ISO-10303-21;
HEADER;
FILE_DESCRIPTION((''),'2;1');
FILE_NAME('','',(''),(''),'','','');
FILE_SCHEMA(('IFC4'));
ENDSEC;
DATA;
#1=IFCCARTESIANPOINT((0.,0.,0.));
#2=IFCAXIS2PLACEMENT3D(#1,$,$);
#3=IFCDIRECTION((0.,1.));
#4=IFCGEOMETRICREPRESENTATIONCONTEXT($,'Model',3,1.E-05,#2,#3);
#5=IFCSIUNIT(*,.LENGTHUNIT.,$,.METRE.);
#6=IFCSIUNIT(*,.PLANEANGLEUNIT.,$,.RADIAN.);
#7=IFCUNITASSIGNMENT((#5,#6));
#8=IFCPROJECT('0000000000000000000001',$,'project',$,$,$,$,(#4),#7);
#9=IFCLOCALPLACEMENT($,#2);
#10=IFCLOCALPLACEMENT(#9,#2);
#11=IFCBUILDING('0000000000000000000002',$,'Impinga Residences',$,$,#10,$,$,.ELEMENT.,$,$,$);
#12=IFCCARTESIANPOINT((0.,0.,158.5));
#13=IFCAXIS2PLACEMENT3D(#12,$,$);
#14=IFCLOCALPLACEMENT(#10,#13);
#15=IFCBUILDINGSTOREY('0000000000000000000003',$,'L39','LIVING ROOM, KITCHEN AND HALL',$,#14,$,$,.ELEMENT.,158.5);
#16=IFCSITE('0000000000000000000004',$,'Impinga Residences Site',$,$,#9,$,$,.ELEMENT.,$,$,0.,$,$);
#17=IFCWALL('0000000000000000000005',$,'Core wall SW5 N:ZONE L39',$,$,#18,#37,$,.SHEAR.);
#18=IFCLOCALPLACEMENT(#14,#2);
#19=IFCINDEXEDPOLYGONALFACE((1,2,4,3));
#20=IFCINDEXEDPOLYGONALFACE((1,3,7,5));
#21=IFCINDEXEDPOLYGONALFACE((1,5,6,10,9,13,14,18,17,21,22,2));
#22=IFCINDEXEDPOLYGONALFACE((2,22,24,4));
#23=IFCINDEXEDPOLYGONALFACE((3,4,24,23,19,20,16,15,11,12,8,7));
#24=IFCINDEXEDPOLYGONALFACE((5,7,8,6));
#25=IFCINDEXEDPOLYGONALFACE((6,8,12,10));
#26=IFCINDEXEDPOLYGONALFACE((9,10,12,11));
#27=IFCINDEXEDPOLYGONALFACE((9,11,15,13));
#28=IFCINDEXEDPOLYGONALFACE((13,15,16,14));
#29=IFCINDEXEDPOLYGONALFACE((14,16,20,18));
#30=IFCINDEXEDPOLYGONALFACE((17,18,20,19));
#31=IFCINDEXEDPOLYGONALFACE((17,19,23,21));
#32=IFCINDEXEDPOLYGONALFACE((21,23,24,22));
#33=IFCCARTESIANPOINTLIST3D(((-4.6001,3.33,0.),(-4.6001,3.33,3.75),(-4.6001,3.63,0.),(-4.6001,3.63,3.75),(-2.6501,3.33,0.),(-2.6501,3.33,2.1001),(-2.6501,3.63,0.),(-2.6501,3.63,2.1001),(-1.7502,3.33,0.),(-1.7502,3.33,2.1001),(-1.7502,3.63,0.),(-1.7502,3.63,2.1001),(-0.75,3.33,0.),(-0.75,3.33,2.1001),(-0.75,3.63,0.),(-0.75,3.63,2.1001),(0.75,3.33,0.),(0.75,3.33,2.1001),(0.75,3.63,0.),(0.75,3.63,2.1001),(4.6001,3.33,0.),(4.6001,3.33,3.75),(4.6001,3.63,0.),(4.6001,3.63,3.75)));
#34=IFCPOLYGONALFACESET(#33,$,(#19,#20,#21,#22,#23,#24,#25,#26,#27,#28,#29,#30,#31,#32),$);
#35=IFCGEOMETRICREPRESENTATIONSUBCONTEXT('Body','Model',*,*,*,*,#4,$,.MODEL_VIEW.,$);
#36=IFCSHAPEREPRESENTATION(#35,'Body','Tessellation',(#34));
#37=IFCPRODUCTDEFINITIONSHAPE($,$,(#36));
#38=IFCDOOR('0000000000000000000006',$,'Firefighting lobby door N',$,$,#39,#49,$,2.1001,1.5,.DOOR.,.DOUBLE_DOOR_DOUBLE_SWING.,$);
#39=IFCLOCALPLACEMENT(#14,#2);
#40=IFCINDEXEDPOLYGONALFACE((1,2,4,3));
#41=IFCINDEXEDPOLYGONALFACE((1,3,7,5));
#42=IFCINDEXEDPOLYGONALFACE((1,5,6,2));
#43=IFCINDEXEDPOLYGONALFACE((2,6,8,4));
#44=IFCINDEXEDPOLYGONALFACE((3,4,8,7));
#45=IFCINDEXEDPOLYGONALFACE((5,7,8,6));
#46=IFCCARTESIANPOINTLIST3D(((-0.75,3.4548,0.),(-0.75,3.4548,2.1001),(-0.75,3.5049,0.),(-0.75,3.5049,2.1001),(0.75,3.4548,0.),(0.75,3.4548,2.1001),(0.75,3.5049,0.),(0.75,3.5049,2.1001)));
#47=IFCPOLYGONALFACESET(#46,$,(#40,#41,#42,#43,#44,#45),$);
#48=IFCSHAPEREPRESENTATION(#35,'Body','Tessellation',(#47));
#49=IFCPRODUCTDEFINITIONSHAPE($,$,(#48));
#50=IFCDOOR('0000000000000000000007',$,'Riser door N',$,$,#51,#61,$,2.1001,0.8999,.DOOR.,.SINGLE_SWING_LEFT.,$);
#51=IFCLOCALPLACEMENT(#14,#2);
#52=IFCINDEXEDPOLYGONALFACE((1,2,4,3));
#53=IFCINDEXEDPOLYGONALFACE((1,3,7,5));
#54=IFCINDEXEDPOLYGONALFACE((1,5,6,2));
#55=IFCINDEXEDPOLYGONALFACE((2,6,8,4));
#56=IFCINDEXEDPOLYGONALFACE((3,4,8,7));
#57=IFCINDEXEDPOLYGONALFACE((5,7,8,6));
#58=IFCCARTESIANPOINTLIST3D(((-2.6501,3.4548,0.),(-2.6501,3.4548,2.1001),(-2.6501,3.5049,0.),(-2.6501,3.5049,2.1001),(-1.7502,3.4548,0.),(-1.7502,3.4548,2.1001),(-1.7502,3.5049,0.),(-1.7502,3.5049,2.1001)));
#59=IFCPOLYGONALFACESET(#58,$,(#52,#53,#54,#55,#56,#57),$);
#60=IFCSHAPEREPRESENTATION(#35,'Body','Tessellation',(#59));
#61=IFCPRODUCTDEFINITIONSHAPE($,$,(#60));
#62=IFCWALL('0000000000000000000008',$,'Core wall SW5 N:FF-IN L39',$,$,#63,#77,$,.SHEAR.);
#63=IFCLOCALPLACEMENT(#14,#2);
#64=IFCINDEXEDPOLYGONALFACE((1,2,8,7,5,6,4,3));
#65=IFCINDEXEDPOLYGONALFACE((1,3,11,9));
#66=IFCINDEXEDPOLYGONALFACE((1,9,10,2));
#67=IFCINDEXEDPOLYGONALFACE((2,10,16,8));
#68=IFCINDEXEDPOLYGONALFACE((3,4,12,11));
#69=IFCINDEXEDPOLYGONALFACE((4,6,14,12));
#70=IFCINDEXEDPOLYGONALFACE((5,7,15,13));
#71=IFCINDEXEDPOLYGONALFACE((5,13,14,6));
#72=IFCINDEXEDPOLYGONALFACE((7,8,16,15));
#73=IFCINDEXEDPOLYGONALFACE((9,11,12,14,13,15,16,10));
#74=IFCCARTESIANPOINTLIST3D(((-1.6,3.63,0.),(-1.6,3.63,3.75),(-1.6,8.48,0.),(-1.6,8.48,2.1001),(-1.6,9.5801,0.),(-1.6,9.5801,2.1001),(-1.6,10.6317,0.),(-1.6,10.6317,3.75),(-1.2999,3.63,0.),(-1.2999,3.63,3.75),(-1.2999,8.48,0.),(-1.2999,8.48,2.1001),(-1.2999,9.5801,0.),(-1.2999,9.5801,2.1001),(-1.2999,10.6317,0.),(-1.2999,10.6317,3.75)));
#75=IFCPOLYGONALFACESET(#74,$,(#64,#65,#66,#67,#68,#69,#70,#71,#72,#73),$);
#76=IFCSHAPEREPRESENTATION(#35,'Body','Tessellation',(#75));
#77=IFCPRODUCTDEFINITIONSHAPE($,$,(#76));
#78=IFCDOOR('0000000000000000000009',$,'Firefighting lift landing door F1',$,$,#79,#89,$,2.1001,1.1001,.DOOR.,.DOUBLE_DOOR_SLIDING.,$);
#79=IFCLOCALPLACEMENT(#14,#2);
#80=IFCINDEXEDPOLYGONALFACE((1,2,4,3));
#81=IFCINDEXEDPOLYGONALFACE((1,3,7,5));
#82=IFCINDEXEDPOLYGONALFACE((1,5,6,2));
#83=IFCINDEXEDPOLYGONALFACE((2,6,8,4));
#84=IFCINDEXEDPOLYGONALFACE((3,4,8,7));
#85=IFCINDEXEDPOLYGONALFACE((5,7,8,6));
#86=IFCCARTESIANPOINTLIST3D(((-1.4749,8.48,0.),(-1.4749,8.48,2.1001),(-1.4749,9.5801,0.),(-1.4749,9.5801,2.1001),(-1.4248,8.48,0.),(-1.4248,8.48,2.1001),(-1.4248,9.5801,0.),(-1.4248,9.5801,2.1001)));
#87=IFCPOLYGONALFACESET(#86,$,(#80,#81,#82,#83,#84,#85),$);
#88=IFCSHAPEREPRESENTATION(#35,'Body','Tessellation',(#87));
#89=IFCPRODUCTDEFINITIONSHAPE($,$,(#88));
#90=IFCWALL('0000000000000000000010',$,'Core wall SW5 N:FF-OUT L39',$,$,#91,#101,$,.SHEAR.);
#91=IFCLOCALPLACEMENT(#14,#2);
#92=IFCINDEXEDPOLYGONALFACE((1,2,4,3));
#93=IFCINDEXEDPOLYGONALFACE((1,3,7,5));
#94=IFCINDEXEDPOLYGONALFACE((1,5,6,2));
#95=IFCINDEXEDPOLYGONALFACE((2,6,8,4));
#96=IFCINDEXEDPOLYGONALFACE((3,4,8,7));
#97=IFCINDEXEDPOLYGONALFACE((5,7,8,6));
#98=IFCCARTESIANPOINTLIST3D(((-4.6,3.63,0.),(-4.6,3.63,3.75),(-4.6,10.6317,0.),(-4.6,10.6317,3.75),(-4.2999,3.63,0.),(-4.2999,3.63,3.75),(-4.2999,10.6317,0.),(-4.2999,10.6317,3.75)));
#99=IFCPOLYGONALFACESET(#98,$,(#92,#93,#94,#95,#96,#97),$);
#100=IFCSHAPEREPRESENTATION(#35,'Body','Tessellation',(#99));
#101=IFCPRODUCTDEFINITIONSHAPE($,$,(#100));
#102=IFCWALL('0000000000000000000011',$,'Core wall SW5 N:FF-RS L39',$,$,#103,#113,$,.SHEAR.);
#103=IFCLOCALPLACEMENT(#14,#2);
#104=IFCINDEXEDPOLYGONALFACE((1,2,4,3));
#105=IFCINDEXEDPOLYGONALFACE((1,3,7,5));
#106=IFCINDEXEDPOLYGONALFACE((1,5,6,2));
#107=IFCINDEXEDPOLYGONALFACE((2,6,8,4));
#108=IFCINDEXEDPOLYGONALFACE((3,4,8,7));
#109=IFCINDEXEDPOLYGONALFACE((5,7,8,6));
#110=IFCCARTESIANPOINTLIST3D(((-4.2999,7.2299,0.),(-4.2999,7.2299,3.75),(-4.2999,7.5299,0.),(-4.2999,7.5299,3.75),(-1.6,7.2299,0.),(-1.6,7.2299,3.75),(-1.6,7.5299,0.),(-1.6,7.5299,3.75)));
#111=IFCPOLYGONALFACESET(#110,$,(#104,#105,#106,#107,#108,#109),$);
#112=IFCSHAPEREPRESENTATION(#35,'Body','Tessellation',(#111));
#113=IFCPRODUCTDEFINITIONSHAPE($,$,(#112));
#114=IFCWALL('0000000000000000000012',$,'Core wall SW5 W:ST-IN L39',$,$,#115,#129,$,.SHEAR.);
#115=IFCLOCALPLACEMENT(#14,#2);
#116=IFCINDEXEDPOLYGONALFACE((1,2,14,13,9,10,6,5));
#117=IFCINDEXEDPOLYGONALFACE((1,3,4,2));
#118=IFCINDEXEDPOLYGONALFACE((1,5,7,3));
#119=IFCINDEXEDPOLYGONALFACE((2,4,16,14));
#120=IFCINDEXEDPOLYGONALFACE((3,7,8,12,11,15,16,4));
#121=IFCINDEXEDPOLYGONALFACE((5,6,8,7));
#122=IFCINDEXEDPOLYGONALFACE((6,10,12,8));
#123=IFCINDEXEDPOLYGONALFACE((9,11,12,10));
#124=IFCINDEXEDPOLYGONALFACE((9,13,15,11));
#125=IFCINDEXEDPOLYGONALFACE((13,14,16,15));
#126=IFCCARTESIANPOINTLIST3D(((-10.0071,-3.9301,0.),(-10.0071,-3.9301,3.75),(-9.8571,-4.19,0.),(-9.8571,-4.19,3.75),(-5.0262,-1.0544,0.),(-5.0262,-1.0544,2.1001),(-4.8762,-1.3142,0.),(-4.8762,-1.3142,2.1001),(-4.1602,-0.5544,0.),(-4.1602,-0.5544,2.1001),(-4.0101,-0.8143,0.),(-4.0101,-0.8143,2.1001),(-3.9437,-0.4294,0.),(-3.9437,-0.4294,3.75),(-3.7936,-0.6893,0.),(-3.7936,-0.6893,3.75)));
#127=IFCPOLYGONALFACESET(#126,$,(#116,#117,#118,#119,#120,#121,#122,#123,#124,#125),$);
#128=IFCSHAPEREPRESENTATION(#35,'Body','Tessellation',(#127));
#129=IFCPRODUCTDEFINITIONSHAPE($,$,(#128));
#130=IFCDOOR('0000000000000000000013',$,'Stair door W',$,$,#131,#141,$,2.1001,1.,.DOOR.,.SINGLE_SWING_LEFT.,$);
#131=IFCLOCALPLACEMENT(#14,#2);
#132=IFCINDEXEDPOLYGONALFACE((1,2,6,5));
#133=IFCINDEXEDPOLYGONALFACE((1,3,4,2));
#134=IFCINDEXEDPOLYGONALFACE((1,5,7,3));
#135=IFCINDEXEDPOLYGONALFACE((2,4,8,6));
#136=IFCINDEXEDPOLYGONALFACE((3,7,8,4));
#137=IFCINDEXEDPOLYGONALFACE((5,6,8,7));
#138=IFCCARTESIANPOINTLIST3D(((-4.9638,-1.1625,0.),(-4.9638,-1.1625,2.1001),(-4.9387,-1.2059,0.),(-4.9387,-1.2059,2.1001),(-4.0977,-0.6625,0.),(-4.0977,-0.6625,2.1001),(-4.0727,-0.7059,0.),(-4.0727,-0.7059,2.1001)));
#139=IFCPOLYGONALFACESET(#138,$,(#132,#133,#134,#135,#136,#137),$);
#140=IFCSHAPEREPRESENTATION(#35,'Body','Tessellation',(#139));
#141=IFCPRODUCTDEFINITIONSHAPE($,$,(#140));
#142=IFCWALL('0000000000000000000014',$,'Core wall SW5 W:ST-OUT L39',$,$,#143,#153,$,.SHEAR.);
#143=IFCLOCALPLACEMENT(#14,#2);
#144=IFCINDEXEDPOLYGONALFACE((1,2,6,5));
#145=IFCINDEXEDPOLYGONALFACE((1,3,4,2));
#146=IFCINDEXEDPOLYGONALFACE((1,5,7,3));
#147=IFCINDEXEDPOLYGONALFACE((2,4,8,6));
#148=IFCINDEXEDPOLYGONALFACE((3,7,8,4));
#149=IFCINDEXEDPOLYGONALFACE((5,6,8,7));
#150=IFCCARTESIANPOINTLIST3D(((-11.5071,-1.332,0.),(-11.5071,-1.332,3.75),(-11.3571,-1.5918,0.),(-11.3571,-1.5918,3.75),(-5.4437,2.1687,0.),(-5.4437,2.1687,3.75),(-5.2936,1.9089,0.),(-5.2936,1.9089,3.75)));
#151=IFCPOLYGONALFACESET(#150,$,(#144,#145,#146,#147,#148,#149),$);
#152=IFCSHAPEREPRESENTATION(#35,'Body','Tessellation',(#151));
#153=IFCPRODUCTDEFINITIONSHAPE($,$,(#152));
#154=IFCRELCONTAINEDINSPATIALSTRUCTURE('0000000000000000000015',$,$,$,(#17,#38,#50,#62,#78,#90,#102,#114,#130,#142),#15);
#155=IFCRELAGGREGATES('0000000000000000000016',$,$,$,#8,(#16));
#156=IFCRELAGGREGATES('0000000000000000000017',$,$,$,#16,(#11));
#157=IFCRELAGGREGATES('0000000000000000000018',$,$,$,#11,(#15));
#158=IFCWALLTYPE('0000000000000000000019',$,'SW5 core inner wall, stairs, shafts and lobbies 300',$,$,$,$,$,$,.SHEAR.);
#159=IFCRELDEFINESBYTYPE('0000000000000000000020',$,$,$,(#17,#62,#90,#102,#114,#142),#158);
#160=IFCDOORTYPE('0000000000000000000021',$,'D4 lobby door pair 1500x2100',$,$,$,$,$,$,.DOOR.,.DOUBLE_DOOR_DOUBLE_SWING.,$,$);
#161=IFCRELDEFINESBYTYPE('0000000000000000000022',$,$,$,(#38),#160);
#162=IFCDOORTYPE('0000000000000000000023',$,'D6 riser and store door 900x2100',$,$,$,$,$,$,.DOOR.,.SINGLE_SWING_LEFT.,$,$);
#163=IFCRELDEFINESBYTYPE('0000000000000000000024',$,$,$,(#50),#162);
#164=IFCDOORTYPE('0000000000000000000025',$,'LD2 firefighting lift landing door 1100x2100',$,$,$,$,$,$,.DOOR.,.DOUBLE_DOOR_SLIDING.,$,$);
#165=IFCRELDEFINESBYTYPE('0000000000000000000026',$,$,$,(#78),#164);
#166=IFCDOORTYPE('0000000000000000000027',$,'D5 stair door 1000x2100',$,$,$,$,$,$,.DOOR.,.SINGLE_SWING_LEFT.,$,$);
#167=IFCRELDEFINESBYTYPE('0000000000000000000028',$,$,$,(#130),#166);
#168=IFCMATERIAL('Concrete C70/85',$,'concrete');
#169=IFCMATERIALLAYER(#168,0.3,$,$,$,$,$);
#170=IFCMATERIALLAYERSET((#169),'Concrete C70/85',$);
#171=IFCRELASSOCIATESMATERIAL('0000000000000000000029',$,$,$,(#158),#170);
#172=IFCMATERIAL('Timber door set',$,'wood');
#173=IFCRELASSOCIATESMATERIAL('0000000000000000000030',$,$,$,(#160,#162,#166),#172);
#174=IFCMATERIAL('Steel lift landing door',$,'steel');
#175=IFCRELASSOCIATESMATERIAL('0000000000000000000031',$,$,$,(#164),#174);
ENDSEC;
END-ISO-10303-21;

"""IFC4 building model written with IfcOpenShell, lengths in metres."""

from ifc_helpers import new_model, si_unit, direction, frame, frame_2d, origin, place, context, subcontext, project, spatial, rectangle, extrude, material, layer, layer_set, type_object, element, fill, save


model = new_model("IFC4")

# Units and contexts
model_context = context("Model", 3, precision=1e-05, world=origin(), true_north=direction((0.0, 1.0)))
body_context = subcontext(model_context, "Body", "Model", "MODEL_VIEW")
ifc_project = project(units=[si_unit("LENGTHUNIT", "METRE"), si_unit("PLANEANGLEUNIT", "RADIAN")], contexts=[model_context])

# Site, building, storey
site_placement = place(None, origin())
site = spatial("IfcSite", under=ifc_project, at=site_placement, Name="Impinga Residences Site", CompositionType="ELEMENT", RefElevation=0.0)
building_placement = place(site_placement, origin())
building = spatial("IfcBuilding", under=site, at=building_placement, Name="Impinga Residences", CompositionType="ELEMENT")
storey_placement = place(building_placement, frame((0.0, 0.0, 158.5)))
storey = spatial("IfcBuildingStorey", under=building, at=storey_placement, Name="L39", Description="LIVING ROOM, KITCHEN AND HALL", CompositionType="ELEMENT", Elevation=158.5)

# Wall, openings, doors
ifc_material_1 = material(Name="Concrete C70/85", Category="concrete")
ifc_layer_1 = layer(ifc_material_1, 0.3)
ifc_layer_set_1 = layer_set([ifc_layer_1], Name="Concrete C70/85")
wall_type_1 = type_object("IfcWallType", Name="SW5 core inner wall, stairs, shafts and lobbies 300", PredefinedType="SHEAR", material=ifc_layer_set_1)
wall_1_placement = place(storey_placement, frame((-4.6001, 3.48, 0.0), z_axis=(0.0, 0.0, 1.0), x_axis=(1.0, 0.0, 0.0)))
wall_1 = element("IfcWall", 1, at=wall_1_placement, inside=storey, type_object=wall_type_1, Name="Core wall SW5 N:ZONE L39", PredefinedType="SHEAR", context=body_context, shape_type="SweptSolid", body=[
    extrude(rectangle(XDim=9.2002, YDim=0.3, at=frame_2d((4.6001, 0.0))), origin(), (0.0, 0.0, 1.0), 3.75),
])
opening_1_placement = place(wall_1_placement, frame((3.8501, 0.0, 0.0)))
opening_1 = element("IfcOpeningElement", 2, at=opening_1_placement, cuts=wall_1, PredefinedType="OPENING", context=body_context, shape_type="SweptSolid", body=[
    extrude(rectangle(XDim=1.5, YDim=2.1001, at=frame_2d((0.75, 1.05))), frame((0.0, 0.1599, 0.0), z_axis=(0.0, -1.0, 0.0), x_axis=(1.0, 0.0, 0.0)), (0.0, 0.0, 1.0), 0.3201),
])
opening_2_placement = place(wall_1_placement, frame((1.95, 0.0, 0.0)))
opening_2 = element("IfcOpeningElement", 3, at=opening_2_placement, cuts=wall_1, PredefinedType="OPENING", context=body_context, shape_type="SweptSolid", body=[
    extrude(rectangle(XDim=0.8999, YDim=2.1001, at=frame_2d((0.45, 1.05))), frame((0.0, 0.1599, 0.0), z_axis=(0.0, -1.0, 0.0), x_axis=(1.0, 0.0, 0.0)), (0.0, 0.0, 1.0), 0.3201),
])
ifc_material_2 = material(Name="Timber door set", Category="wood")
door_type_1 = type_object("IfcDoorType", Name="D4 lobby door pair 1500x2100", OperationType="DOUBLE_DOOR_DOUBLE_SWING", PredefinedType="DOOR", material=ifc_material_2)
door_1_placement = place(opening_1_placement, origin())
door_1 = element("IfcDoor", 4, at=door_1_placement, inside=storey, type_object=door_type_1, Name="Firefighting lobby door N", OperationType="DOUBLE_DOOR_DOUBLE_SWING", OverallHeight=2.1001, OverallWidth=1.5, PredefinedType="DOOR", context=body_context, shape_type="SweptSolid", body=[
    extrude(rectangle(XDim=1.5, YDim=2.1001, at=frame_2d((0.75, 1.05))), frame((0.0, 0.0249, 0.0), z_axis=(0.0, -1.0, 0.0), x_axis=(1.0, 0.0, 0.0)), (0.0, 0.0, 1.0), 0.05),
])
fill(opening_1, door_1)
door_type_2 = type_object("IfcDoorType", Name="D6 riser and store door 900x2100", OperationType="SINGLE_SWING_LEFT", PredefinedType="DOOR", material=ifc_material_2)
door_2_placement = place(opening_2_placement, origin())
door_2 = element("IfcDoor", 5, at=door_2_placement, inside=storey, type_object=door_type_2, Name="Riser door N", OperationType="SINGLE_SWING_LEFT", OverallHeight=2.1001, OverallWidth=0.8999, PredefinedType="DOOR", context=body_context, shape_type="SweptSolid", body=[
    extrude(rectangle(XDim=0.8999, YDim=2.1001, at=frame_2d((0.45, 1.05))), frame((0.0, 0.0249, 0.0), z_axis=(0.0, -1.0, 0.0), x_axis=(1.0, 0.0, 0.0)), (0.0, 0.0, 1.0), 0.05),
])
fill(opening_2, door_2)

# Wall, opening, door
wall_2_placement = place(storey_placement, frame((-1.45, 3.6299, 0.0), z_axis=(0.0, 0.0, 1.0), x_axis=(0.0, 1.0, 0.0)))
wall_2 = element("IfcWall", 6, at=wall_2_placement, inside=storey, type_object=wall_type_1, Name="Core wall SW5 N:FF-IN L39", PredefinedType="SHEAR", context=body_context, shape_type="SweptSolid", body=[
    extrude(rectangle(XDim=7.0017, YDim=0.3, at=frame_2d((3.501, 0.0))), origin(), (0.0, 0.0, 1.0), 3.75),
])
opening_3_placement = place(wall_2_placement, frame((4.8501, 0.0, 0.0)))
opening_3 = element("IfcOpeningElement", 7, at=opening_3_placement, cuts=wall_2, PredefinedType="OPENING", context=body_context, shape_type="SweptSolid", body=[
    extrude(rectangle(XDim=1.1001, YDim=2.1001, at=frame_2d((0.55, 1.05))), frame((0.0, 0.1599, 0.0), z_axis=(0.0, -1.0, 0.0), x_axis=(1.0, 0.0, 0.0)), (0.0, 0.0, 1.0), 0.3201),
])
ifc_material_3 = material(Name="Steel lift landing door", Category="steel")
door_type_3 = type_object("IfcDoorType", Name="LD2 firefighting lift landing door 1100x2100", OperationType="DOUBLE_DOOR_SLIDING", PredefinedType="DOOR", material=ifc_material_3)
door_3_placement = place(opening_3_placement, origin())
door_3 = element("IfcDoor", 8, at=door_3_placement, inside=storey, type_object=door_type_3, Name="Firefighting lift landing door F1", OperationType="DOUBLE_DOOR_SLIDING", OverallHeight=2.1001, OverallWidth=1.1001, PredefinedType="DOOR", context=body_context, shape_type="SweptSolid", body=[
    extrude(rectangle(XDim=1.1001, YDim=2.1001, at=frame_2d((0.55, 1.05))), frame((0.0, 0.0249, 0.0), z_axis=(0.0, -1.0, 0.0), x_axis=(1.0, 0.0, 0.0)), (0.0, 0.0, 1.0), 0.05),
])
fill(opening_3, door_3)

# Walls
wall_3_placement = place(storey_placement, frame((-4.45, 3.6299, 0.0), z_axis=(0.0, 0.0, 1.0), x_axis=(0.0, 1.0, 0.0)))
element("IfcWall", 9, at=wall_3_placement, inside=storey, type_object=wall_type_1, Name="Core wall SW5 N:FF-OUT L39", PredefinedType="SHEAR", context=body_context, shape_type="SweptSolid", body=[
    extrude(rectangle(XDim=7.0017, YDim=0.3, at=frame_2d((3.501, 0.0))), origin(), (0.0, 0.0, 1.0), 3.75),
])
wall_4_placement = place(storey_placement, frame((-4.3, 7.3799, 0.0), z_axis=(0.0, 0.0, 1.0), x_axis=(1.0, 0.0, 0.0)))
element("IfcWall", 10, at=wall_4_placement, inside=storey, type_object=wall_type_1, Name="Core wall SW5 N:FF-RS L39", PredefinedType="SHEAR", context=body_context, shape_type="SweptSolid", body=[
    extrude(rectangle(XDim=2.7, YDim=0.3, at=frame_2d((1.3501, 0.0))), origin(), (0.0, 0.0, 1.0), 3.75),
])

# Wall, opening, door
wall_5_placement = place(storey_placement, frame((-3.8687, -0.5593, 0.0), z_axis=(0.0, 0.0, 1.0), x_axis=(-0.866026, -0.499998, 0.0)))
wall_5 = element("IfcWall", 11, at=wall_5_placement, inside=storey, type_object=wall_type_1, Name="Core wall SW5 W:ST-IN L39", PredefinedType="SHEAR", context=body_context, shape_type="SweptSolid", body=[
    extrude(rectangle(XDim=7.0015, YDim=0.3, at=frame_2d((3.5007, 0.0))), origin(), (0.0, 0.0, 1.0), 3.75),
])
opening_4_placement = place(wall_5_placement, frame((0.25, 0.0, 0.0)))
opening_4 = element("IfcOpeningElement", 12, at=opening_4_placement, cuts=wall_5, PredefinedType="OPENING", context=body_context, shape_type="SweptSolid", body=[
    extrude(rectangle(XDim=1.0, YDim=2.1001, at=frame_2d((0.5, 1.05))), frame((0.0, 0.1599, 0.0), z_axis=(0.0, -1.0, 0.0), x_axis=(1.0, 0.0, 0.0)), (0.0, 0.0, 1.0), 0.3201),
])
door_type_4 = type_object("IfcDoorType", Name="D5 stair door 1000x2100", OperationType="SINGLE_SWING_LEFT", PredefinedType="DOOR", material=ifc_material_2)
door_4_placement = place(opening_4_placement, origin())
door_4 = element("IfcDoor", 13, at=door_4_placement, inside=storey, type_object=door_type_4, Name="Stair door W", OperationType="SINGLE_SWING_LEFT", OverallHeight=2.1001, OverallWidth=1.0, PredefinedType="DOOR", context=body_context, shape_type="SweptSolid", body=[
    extrude(rectangle(XDim=1.0, YDim=2.1001, at=frame_2d((0.5, 1.05))), frame((0.0, 0.0249, 0.0), z_axis=(0.0, -1.0, 0.0), x_axis=(1.0, 0.0, 0.0)), (0.0, 0.0, 1.0), 0.05),
])
fill(opening_4, door_4)

# Wall
wall_6_placement = place(storey_placement, frame((-5.3687, 2.0388, 0.0), z_axis=(0.0, 0.0, 1.0), x_axis=(-0.866026, -0.499998, 0.0)))
element("IfcWall", 14, at=wall_6_placement, inside=storey, type_object=wall_type_1, Name="Core wall SW5 W:ST-OUT L39", PredefinedType="SHEAR", context=body_context, shape_type="SweptSolid", body=[
    extrude(rectangle(XDim=7.0015, YDim=0.3, at=frame_2d((3.5007, 0.0))), origin(), (0.0, 0.0, 1.0), 3.75),
])

save(model, "model.ifc")
